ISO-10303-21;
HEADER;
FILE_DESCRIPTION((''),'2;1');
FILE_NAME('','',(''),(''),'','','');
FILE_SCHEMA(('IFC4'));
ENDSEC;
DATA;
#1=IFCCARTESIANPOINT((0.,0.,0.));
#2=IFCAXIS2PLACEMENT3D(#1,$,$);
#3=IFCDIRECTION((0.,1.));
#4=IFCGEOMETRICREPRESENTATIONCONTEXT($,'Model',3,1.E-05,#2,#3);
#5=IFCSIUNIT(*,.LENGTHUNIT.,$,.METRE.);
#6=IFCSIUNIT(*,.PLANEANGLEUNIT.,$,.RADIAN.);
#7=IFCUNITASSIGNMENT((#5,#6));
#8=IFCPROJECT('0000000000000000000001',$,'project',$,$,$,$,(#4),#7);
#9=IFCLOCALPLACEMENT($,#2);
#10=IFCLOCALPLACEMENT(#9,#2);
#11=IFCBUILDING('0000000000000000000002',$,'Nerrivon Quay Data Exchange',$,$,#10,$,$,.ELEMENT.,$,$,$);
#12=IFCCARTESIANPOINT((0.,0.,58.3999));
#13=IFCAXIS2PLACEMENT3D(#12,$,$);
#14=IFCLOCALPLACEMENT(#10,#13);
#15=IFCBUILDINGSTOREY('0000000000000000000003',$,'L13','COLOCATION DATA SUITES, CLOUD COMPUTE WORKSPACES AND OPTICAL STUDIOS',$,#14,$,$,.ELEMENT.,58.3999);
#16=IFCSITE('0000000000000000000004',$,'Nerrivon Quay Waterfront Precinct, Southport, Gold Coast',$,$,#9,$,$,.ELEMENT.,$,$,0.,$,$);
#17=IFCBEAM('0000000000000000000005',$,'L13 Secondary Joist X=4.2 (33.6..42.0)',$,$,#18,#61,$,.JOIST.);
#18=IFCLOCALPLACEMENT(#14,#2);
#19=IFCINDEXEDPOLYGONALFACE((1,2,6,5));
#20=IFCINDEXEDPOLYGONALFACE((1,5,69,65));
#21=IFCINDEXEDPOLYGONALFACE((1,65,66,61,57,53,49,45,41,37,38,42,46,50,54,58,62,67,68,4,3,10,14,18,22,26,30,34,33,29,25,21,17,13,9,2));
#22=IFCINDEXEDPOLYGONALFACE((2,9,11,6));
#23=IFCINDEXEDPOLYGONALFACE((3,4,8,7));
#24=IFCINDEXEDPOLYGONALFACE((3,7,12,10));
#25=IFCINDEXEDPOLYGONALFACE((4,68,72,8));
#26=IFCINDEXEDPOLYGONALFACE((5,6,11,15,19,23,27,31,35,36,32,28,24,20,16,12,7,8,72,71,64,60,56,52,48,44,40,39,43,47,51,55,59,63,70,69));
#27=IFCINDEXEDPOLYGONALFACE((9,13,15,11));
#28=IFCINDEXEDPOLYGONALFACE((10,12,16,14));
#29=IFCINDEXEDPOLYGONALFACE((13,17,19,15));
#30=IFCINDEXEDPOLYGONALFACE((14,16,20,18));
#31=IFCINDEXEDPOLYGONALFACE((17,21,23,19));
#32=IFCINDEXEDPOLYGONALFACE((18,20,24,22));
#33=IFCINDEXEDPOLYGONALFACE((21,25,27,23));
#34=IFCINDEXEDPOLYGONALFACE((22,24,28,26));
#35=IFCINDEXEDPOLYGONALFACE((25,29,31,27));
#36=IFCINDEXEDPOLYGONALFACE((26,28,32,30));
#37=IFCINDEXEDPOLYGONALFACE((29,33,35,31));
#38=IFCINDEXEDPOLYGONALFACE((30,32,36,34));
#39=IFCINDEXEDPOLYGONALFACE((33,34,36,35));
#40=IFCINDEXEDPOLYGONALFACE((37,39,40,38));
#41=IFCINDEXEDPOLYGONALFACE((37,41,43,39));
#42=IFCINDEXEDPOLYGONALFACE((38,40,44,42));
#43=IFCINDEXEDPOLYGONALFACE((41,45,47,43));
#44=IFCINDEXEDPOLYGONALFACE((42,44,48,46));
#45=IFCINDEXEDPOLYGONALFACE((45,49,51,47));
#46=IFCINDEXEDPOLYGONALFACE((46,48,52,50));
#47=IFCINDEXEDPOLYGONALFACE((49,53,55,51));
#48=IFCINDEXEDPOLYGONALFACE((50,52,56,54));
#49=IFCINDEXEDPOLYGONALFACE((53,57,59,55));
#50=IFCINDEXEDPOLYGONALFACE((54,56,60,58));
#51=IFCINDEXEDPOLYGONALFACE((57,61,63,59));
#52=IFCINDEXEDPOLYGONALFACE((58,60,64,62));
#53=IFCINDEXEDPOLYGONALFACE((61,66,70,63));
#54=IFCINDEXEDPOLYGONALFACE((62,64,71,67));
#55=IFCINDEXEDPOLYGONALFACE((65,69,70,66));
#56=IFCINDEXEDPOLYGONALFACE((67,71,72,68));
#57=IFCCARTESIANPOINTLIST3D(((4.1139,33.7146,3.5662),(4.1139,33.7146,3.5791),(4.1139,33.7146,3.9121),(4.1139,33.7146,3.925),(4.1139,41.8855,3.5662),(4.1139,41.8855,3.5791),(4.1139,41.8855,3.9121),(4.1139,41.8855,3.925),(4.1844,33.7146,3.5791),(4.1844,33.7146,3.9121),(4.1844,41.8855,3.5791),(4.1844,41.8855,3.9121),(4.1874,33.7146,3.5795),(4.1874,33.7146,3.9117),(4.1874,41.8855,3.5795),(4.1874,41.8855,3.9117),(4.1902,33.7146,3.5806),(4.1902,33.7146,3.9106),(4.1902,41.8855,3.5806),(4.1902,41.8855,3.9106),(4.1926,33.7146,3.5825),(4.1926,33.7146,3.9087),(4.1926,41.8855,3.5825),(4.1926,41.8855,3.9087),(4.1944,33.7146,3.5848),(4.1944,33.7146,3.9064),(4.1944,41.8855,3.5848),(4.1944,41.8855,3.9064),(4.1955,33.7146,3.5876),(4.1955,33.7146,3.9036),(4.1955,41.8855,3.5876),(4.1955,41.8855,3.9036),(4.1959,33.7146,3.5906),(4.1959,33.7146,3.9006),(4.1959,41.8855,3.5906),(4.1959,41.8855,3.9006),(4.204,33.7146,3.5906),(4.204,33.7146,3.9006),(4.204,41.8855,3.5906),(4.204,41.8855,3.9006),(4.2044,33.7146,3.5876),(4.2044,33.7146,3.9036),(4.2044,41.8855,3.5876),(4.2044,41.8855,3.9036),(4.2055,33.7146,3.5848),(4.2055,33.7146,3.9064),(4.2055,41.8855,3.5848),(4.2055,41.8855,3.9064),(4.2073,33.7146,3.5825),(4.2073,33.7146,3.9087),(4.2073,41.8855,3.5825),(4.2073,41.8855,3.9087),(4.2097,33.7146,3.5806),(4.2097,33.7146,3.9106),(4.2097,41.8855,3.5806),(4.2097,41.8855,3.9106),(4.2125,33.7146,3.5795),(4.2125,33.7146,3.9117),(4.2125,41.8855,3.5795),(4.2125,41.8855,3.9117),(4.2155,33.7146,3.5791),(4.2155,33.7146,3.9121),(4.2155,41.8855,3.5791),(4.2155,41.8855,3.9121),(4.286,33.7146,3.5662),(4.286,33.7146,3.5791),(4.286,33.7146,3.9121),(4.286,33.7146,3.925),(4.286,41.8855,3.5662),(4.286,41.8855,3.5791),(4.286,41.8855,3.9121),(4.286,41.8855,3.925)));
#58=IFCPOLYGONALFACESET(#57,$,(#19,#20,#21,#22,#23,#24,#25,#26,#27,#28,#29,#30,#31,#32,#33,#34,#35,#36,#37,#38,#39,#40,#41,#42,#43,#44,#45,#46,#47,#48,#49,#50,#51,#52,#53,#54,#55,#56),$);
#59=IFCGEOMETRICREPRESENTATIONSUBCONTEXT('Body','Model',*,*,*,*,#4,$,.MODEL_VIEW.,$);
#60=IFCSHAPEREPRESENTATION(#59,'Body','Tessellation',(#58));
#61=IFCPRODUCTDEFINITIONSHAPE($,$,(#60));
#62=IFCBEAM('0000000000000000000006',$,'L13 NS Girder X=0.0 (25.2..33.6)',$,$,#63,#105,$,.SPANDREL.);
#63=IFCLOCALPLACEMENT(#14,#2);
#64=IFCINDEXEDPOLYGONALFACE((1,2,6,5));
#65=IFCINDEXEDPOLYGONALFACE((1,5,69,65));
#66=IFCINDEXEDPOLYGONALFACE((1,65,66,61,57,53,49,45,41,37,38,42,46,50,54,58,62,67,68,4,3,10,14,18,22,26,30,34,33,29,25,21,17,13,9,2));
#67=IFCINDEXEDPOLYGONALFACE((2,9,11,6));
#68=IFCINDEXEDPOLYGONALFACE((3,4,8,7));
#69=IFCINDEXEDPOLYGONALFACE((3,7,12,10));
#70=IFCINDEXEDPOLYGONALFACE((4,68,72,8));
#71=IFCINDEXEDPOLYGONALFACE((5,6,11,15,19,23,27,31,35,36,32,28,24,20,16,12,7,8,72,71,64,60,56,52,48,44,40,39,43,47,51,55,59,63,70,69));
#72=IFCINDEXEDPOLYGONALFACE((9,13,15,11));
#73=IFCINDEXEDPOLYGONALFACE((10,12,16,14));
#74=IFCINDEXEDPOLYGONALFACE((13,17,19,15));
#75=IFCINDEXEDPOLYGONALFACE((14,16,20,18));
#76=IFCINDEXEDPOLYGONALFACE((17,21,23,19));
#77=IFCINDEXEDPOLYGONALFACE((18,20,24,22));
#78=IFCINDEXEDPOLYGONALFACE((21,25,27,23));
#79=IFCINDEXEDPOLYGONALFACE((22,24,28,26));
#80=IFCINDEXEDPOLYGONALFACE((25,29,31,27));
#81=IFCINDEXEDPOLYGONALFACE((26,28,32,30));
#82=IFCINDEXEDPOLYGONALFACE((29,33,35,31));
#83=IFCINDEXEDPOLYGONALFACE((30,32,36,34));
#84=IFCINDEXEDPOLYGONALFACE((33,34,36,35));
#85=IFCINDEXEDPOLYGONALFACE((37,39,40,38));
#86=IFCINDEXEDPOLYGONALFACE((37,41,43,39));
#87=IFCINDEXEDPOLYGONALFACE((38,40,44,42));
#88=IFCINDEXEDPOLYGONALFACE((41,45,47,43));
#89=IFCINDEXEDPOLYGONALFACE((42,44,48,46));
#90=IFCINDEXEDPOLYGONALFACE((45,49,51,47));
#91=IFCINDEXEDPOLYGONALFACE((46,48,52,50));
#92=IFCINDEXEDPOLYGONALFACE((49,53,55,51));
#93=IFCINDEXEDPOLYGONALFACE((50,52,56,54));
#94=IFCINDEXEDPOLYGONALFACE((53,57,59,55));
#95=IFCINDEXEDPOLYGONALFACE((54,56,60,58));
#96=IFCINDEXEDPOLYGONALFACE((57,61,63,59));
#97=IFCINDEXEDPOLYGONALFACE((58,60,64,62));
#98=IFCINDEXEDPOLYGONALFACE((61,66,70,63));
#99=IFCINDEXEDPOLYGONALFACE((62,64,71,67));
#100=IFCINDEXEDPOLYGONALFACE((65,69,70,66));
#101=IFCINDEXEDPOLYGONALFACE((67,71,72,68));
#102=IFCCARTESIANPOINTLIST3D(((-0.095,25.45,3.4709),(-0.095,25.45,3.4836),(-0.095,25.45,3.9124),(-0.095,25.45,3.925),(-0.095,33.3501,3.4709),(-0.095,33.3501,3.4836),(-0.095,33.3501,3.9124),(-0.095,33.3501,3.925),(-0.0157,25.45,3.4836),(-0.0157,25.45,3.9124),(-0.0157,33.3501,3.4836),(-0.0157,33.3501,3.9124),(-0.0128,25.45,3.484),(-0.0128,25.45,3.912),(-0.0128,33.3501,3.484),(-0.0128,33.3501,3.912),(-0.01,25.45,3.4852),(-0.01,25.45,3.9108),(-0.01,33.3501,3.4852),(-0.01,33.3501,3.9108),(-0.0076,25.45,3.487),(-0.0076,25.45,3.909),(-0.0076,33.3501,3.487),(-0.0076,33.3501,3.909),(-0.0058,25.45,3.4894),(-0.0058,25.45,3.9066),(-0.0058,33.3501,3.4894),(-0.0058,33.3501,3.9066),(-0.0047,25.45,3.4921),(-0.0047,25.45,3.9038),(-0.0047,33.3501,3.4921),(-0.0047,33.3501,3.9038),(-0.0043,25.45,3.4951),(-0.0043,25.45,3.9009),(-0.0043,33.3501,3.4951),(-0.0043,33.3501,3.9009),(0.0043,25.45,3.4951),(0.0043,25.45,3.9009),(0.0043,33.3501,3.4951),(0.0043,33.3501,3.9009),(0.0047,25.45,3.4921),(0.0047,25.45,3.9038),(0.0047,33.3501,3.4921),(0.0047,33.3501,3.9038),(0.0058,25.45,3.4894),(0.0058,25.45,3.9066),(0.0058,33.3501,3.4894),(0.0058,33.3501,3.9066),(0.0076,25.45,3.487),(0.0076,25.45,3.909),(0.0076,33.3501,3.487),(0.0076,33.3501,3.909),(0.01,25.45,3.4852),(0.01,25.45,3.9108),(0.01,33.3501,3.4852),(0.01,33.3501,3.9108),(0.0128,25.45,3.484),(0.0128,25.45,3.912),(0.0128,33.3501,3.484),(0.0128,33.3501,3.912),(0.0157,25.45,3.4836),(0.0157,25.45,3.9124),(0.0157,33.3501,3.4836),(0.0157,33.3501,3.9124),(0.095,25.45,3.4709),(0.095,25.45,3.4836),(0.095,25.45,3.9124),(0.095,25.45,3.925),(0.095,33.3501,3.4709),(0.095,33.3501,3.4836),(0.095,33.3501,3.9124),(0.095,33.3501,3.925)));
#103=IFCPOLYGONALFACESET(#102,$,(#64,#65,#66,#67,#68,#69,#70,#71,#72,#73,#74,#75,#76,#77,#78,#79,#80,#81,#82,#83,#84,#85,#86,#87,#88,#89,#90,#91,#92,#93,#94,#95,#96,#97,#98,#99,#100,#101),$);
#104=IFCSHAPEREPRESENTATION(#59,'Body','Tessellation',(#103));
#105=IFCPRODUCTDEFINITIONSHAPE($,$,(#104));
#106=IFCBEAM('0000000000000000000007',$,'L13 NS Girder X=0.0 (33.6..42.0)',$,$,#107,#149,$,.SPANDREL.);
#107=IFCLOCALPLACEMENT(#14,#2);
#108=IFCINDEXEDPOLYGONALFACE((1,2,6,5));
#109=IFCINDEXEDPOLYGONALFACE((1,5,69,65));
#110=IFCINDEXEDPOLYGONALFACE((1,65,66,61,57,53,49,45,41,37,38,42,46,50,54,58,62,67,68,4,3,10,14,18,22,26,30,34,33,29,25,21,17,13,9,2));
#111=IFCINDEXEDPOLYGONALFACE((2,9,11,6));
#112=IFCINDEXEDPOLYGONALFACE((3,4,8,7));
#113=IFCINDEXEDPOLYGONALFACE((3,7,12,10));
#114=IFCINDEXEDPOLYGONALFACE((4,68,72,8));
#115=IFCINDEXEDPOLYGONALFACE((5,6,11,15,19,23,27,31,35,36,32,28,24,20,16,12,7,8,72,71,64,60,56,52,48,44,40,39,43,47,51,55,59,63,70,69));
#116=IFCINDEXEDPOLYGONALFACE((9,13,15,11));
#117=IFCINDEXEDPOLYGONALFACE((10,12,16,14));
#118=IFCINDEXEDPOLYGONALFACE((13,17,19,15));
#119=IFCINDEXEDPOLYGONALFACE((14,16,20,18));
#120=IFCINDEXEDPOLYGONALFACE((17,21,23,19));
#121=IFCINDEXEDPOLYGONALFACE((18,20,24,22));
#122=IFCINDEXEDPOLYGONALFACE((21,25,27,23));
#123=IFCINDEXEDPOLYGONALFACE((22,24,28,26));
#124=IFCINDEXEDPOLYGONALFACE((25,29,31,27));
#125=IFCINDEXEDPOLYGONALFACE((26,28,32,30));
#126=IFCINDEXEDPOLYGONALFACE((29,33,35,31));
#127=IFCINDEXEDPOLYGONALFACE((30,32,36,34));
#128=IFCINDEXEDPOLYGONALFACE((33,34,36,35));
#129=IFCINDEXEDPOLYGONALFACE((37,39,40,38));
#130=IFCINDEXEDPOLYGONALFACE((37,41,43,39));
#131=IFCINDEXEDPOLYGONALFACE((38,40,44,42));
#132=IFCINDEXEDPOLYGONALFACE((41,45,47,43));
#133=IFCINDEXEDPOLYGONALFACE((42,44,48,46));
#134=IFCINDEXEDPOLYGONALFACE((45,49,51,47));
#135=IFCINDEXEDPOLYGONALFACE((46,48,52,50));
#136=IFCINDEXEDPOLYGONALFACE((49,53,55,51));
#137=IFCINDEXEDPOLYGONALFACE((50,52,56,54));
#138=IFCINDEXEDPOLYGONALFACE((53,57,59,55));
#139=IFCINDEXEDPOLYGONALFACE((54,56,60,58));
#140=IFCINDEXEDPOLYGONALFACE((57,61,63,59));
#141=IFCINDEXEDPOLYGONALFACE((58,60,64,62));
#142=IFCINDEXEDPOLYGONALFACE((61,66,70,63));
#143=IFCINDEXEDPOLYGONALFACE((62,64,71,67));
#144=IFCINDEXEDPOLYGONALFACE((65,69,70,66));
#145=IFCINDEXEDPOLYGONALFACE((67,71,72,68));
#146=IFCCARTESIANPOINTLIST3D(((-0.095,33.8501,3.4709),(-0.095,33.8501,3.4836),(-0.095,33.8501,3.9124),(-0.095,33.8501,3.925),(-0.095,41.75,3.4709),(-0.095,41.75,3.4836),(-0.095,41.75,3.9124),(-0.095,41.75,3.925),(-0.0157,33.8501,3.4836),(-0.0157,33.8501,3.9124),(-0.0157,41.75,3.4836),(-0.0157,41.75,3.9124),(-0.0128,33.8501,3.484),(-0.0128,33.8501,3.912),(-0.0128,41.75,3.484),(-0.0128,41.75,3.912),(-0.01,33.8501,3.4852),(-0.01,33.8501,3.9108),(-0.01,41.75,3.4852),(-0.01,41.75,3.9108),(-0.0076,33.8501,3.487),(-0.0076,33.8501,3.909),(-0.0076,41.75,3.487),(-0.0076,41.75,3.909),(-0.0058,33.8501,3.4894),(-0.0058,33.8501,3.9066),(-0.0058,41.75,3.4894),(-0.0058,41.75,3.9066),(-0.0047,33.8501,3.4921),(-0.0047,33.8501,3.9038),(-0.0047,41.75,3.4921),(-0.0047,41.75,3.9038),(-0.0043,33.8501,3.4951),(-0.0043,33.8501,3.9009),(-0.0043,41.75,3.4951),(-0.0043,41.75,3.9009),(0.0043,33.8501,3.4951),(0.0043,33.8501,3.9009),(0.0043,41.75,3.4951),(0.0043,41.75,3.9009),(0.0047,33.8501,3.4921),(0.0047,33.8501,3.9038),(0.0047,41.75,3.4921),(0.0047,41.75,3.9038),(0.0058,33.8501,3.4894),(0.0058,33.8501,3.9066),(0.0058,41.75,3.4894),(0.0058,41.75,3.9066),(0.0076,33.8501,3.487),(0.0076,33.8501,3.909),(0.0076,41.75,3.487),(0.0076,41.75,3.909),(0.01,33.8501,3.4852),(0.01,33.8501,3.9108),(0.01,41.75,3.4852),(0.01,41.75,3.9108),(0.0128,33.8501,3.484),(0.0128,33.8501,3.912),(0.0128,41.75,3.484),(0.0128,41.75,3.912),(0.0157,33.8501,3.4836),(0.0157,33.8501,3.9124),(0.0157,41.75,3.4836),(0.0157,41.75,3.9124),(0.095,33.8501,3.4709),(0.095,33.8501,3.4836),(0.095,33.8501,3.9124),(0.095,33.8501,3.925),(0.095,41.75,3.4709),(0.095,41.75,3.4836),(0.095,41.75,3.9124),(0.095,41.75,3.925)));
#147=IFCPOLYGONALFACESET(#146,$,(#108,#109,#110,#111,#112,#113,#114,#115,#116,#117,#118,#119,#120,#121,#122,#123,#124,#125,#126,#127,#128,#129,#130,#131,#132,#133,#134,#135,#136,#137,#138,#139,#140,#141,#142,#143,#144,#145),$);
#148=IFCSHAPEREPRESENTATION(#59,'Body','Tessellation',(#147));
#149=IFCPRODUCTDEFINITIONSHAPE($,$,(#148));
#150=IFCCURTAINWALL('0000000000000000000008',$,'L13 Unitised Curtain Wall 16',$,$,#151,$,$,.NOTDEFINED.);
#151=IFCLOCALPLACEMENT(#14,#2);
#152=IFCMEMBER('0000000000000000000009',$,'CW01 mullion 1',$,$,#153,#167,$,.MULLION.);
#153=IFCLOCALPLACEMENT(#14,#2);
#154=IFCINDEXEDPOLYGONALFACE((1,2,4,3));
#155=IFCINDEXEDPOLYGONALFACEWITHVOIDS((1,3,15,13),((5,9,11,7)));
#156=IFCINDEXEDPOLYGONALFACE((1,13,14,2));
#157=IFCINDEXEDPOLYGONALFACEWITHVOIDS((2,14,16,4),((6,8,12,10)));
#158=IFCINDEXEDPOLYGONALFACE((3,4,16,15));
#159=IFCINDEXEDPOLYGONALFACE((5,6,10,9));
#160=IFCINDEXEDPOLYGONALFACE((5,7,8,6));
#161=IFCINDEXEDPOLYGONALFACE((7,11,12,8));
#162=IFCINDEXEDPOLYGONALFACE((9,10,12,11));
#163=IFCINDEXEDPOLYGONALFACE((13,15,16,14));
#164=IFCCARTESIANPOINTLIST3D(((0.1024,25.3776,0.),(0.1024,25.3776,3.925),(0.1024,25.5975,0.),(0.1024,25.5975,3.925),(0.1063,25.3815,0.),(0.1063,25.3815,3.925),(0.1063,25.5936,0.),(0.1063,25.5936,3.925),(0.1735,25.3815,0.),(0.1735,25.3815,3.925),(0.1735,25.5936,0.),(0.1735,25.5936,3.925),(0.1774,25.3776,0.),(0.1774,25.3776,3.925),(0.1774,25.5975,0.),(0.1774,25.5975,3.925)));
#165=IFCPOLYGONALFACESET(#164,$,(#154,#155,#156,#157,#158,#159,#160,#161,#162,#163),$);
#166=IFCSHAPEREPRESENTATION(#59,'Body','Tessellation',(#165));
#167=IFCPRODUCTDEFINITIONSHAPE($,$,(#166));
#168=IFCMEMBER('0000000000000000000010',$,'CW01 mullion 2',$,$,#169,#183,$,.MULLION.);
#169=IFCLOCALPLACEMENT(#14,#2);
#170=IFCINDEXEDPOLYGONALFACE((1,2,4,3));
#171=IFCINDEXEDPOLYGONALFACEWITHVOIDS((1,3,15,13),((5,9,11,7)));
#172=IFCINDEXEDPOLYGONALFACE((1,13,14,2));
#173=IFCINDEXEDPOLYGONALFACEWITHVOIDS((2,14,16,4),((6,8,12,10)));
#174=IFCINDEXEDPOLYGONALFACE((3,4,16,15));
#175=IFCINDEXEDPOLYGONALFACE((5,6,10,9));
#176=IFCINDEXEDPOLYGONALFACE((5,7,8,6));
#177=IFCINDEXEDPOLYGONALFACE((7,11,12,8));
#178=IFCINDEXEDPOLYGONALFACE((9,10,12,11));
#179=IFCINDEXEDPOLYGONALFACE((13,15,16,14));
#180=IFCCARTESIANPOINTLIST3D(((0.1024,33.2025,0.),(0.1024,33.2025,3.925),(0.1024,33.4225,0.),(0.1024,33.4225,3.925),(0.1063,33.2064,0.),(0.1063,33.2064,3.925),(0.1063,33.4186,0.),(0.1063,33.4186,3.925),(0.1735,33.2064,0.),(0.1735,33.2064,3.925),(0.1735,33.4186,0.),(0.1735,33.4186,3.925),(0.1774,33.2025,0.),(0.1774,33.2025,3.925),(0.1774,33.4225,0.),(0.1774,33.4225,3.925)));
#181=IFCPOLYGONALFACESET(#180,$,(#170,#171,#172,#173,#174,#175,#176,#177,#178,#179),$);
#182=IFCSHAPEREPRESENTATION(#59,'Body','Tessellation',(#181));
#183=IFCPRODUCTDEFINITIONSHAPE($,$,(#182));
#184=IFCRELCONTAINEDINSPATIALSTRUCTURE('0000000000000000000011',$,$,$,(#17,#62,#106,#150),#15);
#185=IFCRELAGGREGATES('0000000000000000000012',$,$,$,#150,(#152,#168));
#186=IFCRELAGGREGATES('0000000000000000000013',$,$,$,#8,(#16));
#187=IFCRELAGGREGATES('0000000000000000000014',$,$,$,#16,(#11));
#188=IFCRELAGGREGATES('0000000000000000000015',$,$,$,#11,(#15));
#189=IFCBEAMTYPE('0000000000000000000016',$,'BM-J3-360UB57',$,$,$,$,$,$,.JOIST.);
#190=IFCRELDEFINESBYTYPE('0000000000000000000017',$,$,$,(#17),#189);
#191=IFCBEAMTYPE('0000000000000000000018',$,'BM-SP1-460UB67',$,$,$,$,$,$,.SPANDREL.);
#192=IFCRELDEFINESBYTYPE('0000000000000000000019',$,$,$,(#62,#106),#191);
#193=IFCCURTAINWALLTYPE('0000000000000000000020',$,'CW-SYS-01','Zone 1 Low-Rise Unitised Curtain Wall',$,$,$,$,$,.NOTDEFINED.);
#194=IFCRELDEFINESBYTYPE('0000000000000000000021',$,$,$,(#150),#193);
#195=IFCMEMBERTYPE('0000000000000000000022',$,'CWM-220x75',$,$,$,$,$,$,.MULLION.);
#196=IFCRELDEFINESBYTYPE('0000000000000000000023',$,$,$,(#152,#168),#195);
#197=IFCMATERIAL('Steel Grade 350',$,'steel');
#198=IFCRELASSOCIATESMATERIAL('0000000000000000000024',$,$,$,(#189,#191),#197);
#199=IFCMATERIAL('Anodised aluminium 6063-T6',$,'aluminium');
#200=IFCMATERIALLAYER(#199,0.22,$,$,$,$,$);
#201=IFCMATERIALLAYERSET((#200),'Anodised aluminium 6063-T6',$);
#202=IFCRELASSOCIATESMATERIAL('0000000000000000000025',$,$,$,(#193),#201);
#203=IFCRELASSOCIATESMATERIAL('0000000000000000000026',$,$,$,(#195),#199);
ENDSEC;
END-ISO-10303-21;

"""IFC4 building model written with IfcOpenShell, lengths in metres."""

from ifc_helpers import new_model, si_unit, direction, frame, origin, origin_2d, place, context, subcontext, project, spatial, hollow_rectangle, i_section, extrude, material, layer, layer_set, material_profile, profile_set, type_object, element, aggregate, save


model = new_model("IFC4")

# Units and contexts
model_context = context("Model", 3, precision=1e-05, world=origin(), true_north=direction((0.0, 1.0)))
body_context = subcontext(model_context, "Body", "Model", "MODEL_VIEW")
ifc_project = project(units=[si_unit("LENGTHUNIT", "METRE"), si_unit("PLANEANGLEUNIT", "RADIAN")], contexts=[model_context])

# Site, building, storey
site_placement = place(None, origin())
site = spatial("IfcSite", under=ifc_project, at=site_placement, Name="Nerrivon Quay Waterfront Precinct, Southport, Gold Coast", CompositionType="ELEMENT", RefElevation=0.0)
building_placement = place(site_placement, origin())
building = spatial("IfcBuilding", under=site, at=building_placement, Name="Nerrivon Quay Data Exchange", CompositionType="ELEMENT")
storey_placement = place(building_placement, frame((0.0, 0.0, 58.3999)))
storey = spatial("IfcBuildingStorey", under=building, at=storey_placement, Name="L13", Description="COLOCATION DATA SUITES, CLOUD COMPUTE WORKSPACES AND OPTICAL STUDIOS", CompositionType="ELEMENT", Elevation=58.3999)

# Shared definitions
ifc_material_1 = material(Name="Steel Grade 350", Category="steel")

# Beams
ifc_material_profile_1 = material_profile(ifc_material_1, i_section(OverallWidth=0.1721, OverallDepth=0.3589, WebThickness=0.0081, FlangeThickness=0.0129, FilletRadius=0.0115, at=origin_2d()), Name="360UB56.7")
ifc_profile_set_1 = profile_set([ifc_material_profile_1], Name="Steel Grade 350")
beam_type_1 = type_object("IfcBeamType", Name="BM-J3-360UB57", PredefinedType="JOIST", material=ifc_profile_set_1)
beam_1_placement = place(storey_placement, frame((4.2, 33.7146, 3.7456), z_axis=(0.0, 1.0, 0.0), x_axis=(-1.0, 0.0, 0.0)))
element("IfcBeam", 1, at=beam_1_placement, inside=storey, type_object=beam_type_1, Name="L13 Secondary Joist X=4.2 (33.6..42.0)", PredefinedType="JOIST", context=body_context, shape_type="SweptSolid", body=[
    extrude(i_section(OverallWidth=0.1721, OverallDepth=0.3589, WebThickness=0.0081, FlangeThickness=0.0129, FilletRadius=0.0115, at=origin_2d()), origin(), (0.0, 0.0, 1.0), 8.1709),
])
ifc_material_profile_2 = material_profile(ifc_material_1, i_section(OverallWidth=0.1899, OverallDepth=0.4541, WebThickness=0.0085, FlangeThickness=0.0127, FilletRadius=0.0115, at=origin_2d()), Name="460UB67.1")
ifc_profile_set_2 = profile_set([ifc_material_profile_2], Name="Steel Grade 350")
beam_type_2 = type_object("IfcBeamType", Name="BM-SP1-460UB67", PredefinedType="SPANDREL", material=ifc_profile_set_2)
beam_2_placement = place(storey_placement, frame((0.0, 25.45, 3.698), z_axis=(0.0, 1.0, 0.0), x_axis=(-1.0, 0.0, 0.0)))
element("IfcBeam", 2, at=beam_2_placement, inside=storey, type_object=beam_type_2, Name="L13 NS Girder X=0.0 (25.2..33.6)", PredefinedType="SPANDREL", context=body_context, shape_type="SweptSolid", body=[
    extrude(i_section(OverallWidth=0.1899, OverallDepth=0.4541, WebThickness=0.0085, FlangeThickness=0.0127, FilletRadius=0.0115, at=origin_2d()), origin(), (0.0, 0.0, 1.0), 7.9001),
])
beam_3_placement = place(storey_placement, frame((0.0, 33.8501, 3.698), z_axis=(0.0, 1.0, 0.0), x_axis=(-1.0, 0.0, 0.0)))
element("IfcBeam", 3, at=beam_3_placement, inside=storey, type_object=beam_type_2, Name="L13 NS Girder X=0.0 (33.6..42.0)", PredefinedType="SPANDREL", context=body_context, shape_type="SweptSolid", body=[
    extrude(i_section(OverallWidth=0.1899, OverallDepth=0.4541, WebThickness=0.0085, FlangeThickness=0.0127, FilletRadius=0.0115, at=origin_2d()), origin(), (0.0, 0.0, 1.0), 7.8999),
])

# Curtain wall, members
ifc_material_2 = material(Name="Anodised aluminium 6063-T6", Category="aluminium")
ifc_layer_1 = layer(ifc_material_2, 0.22)
ifc_layer_set_1 = layer_set([ifc_layer_1], Name="Anodised aluminium 6063-T6")
curtain_wall_type = type_object("IfcCurtainWallType", Name="CW-SYS-01", Description="Zone 1 Low-Rise Unitised Curtain Wall", PredefinedType="NOTDEFINED", material=ifc_layer_set_1)
curtain_wall_1_placement = place(storey_placement, origin())
curtain_wall_1 = element("IfcCurtainWall", 4, at=curtain_wall_1_placement, inside=storey, type_object=curtain_wall_type, Name="L13 Unitised Curtain Wall 16", PredefinedType="NOTDEFINED")
ifc_material_profile_3 = material_profile(ifc_material_2, hollow_rectangle(XDim=0.075, YDim=0.22, WallThickness=0.0039, at=origin_2d()), Name="ALU-MULL-220x75")
ifc_profile_set_3 = profile_set([ifc_material_profile_3], Name="Anodised aluminium 6063-T6")
member_type_1 = type_object("IfcMemberType", Name="CWM-220x75", PredefinedType="MULLION", material=ifc_profile_set_3)
member_1_placement = place(storey_placement, frame((0.1399, 25.4875, 0.0), z_axis=(0.0, 0.0, 1.0), x_axis=(-1.0, 0.0, 0.0)))
member_1 = element("IfcMember", 5, at=member_1_placement, type_object=member_type_1, Name="CW01 mullion 1", PredefinedType="MULLION", context=body_context, shape_type="SweptSolid", body=[
    extrude(hollow_rectangle(XDim=0.075, YDim=0.22, WallThickness=0.0039, at=origin_2d()), origin(), (0.0, 0.0, 1.0), 3.925),
])
member_2_placement = place(storey_placement, frame((0.1399, 33.3125, 0.0), z_axis=(0.0, 0.0, 1.0), x_axis=(-1.0, 0.0, 0.0)))
member_2 = element("IfcMember", 6, at=member_2_placement, type_object=member_type_1, Name="CW01 mullion 2", PredefinedType="MULLION", context=body_context, shape_type="SweptSolid", body=[
    extrude(hollow_rectangle(XDim=0.075, YDim=0.22, WallThickness=0.0039, at=origin_2d()), origin(), (0.0, 0.0, 1.0), 3.925),
])

aggregate(curtain_wall_1, [member_1, member_2])

save(model, "model.ifc")
